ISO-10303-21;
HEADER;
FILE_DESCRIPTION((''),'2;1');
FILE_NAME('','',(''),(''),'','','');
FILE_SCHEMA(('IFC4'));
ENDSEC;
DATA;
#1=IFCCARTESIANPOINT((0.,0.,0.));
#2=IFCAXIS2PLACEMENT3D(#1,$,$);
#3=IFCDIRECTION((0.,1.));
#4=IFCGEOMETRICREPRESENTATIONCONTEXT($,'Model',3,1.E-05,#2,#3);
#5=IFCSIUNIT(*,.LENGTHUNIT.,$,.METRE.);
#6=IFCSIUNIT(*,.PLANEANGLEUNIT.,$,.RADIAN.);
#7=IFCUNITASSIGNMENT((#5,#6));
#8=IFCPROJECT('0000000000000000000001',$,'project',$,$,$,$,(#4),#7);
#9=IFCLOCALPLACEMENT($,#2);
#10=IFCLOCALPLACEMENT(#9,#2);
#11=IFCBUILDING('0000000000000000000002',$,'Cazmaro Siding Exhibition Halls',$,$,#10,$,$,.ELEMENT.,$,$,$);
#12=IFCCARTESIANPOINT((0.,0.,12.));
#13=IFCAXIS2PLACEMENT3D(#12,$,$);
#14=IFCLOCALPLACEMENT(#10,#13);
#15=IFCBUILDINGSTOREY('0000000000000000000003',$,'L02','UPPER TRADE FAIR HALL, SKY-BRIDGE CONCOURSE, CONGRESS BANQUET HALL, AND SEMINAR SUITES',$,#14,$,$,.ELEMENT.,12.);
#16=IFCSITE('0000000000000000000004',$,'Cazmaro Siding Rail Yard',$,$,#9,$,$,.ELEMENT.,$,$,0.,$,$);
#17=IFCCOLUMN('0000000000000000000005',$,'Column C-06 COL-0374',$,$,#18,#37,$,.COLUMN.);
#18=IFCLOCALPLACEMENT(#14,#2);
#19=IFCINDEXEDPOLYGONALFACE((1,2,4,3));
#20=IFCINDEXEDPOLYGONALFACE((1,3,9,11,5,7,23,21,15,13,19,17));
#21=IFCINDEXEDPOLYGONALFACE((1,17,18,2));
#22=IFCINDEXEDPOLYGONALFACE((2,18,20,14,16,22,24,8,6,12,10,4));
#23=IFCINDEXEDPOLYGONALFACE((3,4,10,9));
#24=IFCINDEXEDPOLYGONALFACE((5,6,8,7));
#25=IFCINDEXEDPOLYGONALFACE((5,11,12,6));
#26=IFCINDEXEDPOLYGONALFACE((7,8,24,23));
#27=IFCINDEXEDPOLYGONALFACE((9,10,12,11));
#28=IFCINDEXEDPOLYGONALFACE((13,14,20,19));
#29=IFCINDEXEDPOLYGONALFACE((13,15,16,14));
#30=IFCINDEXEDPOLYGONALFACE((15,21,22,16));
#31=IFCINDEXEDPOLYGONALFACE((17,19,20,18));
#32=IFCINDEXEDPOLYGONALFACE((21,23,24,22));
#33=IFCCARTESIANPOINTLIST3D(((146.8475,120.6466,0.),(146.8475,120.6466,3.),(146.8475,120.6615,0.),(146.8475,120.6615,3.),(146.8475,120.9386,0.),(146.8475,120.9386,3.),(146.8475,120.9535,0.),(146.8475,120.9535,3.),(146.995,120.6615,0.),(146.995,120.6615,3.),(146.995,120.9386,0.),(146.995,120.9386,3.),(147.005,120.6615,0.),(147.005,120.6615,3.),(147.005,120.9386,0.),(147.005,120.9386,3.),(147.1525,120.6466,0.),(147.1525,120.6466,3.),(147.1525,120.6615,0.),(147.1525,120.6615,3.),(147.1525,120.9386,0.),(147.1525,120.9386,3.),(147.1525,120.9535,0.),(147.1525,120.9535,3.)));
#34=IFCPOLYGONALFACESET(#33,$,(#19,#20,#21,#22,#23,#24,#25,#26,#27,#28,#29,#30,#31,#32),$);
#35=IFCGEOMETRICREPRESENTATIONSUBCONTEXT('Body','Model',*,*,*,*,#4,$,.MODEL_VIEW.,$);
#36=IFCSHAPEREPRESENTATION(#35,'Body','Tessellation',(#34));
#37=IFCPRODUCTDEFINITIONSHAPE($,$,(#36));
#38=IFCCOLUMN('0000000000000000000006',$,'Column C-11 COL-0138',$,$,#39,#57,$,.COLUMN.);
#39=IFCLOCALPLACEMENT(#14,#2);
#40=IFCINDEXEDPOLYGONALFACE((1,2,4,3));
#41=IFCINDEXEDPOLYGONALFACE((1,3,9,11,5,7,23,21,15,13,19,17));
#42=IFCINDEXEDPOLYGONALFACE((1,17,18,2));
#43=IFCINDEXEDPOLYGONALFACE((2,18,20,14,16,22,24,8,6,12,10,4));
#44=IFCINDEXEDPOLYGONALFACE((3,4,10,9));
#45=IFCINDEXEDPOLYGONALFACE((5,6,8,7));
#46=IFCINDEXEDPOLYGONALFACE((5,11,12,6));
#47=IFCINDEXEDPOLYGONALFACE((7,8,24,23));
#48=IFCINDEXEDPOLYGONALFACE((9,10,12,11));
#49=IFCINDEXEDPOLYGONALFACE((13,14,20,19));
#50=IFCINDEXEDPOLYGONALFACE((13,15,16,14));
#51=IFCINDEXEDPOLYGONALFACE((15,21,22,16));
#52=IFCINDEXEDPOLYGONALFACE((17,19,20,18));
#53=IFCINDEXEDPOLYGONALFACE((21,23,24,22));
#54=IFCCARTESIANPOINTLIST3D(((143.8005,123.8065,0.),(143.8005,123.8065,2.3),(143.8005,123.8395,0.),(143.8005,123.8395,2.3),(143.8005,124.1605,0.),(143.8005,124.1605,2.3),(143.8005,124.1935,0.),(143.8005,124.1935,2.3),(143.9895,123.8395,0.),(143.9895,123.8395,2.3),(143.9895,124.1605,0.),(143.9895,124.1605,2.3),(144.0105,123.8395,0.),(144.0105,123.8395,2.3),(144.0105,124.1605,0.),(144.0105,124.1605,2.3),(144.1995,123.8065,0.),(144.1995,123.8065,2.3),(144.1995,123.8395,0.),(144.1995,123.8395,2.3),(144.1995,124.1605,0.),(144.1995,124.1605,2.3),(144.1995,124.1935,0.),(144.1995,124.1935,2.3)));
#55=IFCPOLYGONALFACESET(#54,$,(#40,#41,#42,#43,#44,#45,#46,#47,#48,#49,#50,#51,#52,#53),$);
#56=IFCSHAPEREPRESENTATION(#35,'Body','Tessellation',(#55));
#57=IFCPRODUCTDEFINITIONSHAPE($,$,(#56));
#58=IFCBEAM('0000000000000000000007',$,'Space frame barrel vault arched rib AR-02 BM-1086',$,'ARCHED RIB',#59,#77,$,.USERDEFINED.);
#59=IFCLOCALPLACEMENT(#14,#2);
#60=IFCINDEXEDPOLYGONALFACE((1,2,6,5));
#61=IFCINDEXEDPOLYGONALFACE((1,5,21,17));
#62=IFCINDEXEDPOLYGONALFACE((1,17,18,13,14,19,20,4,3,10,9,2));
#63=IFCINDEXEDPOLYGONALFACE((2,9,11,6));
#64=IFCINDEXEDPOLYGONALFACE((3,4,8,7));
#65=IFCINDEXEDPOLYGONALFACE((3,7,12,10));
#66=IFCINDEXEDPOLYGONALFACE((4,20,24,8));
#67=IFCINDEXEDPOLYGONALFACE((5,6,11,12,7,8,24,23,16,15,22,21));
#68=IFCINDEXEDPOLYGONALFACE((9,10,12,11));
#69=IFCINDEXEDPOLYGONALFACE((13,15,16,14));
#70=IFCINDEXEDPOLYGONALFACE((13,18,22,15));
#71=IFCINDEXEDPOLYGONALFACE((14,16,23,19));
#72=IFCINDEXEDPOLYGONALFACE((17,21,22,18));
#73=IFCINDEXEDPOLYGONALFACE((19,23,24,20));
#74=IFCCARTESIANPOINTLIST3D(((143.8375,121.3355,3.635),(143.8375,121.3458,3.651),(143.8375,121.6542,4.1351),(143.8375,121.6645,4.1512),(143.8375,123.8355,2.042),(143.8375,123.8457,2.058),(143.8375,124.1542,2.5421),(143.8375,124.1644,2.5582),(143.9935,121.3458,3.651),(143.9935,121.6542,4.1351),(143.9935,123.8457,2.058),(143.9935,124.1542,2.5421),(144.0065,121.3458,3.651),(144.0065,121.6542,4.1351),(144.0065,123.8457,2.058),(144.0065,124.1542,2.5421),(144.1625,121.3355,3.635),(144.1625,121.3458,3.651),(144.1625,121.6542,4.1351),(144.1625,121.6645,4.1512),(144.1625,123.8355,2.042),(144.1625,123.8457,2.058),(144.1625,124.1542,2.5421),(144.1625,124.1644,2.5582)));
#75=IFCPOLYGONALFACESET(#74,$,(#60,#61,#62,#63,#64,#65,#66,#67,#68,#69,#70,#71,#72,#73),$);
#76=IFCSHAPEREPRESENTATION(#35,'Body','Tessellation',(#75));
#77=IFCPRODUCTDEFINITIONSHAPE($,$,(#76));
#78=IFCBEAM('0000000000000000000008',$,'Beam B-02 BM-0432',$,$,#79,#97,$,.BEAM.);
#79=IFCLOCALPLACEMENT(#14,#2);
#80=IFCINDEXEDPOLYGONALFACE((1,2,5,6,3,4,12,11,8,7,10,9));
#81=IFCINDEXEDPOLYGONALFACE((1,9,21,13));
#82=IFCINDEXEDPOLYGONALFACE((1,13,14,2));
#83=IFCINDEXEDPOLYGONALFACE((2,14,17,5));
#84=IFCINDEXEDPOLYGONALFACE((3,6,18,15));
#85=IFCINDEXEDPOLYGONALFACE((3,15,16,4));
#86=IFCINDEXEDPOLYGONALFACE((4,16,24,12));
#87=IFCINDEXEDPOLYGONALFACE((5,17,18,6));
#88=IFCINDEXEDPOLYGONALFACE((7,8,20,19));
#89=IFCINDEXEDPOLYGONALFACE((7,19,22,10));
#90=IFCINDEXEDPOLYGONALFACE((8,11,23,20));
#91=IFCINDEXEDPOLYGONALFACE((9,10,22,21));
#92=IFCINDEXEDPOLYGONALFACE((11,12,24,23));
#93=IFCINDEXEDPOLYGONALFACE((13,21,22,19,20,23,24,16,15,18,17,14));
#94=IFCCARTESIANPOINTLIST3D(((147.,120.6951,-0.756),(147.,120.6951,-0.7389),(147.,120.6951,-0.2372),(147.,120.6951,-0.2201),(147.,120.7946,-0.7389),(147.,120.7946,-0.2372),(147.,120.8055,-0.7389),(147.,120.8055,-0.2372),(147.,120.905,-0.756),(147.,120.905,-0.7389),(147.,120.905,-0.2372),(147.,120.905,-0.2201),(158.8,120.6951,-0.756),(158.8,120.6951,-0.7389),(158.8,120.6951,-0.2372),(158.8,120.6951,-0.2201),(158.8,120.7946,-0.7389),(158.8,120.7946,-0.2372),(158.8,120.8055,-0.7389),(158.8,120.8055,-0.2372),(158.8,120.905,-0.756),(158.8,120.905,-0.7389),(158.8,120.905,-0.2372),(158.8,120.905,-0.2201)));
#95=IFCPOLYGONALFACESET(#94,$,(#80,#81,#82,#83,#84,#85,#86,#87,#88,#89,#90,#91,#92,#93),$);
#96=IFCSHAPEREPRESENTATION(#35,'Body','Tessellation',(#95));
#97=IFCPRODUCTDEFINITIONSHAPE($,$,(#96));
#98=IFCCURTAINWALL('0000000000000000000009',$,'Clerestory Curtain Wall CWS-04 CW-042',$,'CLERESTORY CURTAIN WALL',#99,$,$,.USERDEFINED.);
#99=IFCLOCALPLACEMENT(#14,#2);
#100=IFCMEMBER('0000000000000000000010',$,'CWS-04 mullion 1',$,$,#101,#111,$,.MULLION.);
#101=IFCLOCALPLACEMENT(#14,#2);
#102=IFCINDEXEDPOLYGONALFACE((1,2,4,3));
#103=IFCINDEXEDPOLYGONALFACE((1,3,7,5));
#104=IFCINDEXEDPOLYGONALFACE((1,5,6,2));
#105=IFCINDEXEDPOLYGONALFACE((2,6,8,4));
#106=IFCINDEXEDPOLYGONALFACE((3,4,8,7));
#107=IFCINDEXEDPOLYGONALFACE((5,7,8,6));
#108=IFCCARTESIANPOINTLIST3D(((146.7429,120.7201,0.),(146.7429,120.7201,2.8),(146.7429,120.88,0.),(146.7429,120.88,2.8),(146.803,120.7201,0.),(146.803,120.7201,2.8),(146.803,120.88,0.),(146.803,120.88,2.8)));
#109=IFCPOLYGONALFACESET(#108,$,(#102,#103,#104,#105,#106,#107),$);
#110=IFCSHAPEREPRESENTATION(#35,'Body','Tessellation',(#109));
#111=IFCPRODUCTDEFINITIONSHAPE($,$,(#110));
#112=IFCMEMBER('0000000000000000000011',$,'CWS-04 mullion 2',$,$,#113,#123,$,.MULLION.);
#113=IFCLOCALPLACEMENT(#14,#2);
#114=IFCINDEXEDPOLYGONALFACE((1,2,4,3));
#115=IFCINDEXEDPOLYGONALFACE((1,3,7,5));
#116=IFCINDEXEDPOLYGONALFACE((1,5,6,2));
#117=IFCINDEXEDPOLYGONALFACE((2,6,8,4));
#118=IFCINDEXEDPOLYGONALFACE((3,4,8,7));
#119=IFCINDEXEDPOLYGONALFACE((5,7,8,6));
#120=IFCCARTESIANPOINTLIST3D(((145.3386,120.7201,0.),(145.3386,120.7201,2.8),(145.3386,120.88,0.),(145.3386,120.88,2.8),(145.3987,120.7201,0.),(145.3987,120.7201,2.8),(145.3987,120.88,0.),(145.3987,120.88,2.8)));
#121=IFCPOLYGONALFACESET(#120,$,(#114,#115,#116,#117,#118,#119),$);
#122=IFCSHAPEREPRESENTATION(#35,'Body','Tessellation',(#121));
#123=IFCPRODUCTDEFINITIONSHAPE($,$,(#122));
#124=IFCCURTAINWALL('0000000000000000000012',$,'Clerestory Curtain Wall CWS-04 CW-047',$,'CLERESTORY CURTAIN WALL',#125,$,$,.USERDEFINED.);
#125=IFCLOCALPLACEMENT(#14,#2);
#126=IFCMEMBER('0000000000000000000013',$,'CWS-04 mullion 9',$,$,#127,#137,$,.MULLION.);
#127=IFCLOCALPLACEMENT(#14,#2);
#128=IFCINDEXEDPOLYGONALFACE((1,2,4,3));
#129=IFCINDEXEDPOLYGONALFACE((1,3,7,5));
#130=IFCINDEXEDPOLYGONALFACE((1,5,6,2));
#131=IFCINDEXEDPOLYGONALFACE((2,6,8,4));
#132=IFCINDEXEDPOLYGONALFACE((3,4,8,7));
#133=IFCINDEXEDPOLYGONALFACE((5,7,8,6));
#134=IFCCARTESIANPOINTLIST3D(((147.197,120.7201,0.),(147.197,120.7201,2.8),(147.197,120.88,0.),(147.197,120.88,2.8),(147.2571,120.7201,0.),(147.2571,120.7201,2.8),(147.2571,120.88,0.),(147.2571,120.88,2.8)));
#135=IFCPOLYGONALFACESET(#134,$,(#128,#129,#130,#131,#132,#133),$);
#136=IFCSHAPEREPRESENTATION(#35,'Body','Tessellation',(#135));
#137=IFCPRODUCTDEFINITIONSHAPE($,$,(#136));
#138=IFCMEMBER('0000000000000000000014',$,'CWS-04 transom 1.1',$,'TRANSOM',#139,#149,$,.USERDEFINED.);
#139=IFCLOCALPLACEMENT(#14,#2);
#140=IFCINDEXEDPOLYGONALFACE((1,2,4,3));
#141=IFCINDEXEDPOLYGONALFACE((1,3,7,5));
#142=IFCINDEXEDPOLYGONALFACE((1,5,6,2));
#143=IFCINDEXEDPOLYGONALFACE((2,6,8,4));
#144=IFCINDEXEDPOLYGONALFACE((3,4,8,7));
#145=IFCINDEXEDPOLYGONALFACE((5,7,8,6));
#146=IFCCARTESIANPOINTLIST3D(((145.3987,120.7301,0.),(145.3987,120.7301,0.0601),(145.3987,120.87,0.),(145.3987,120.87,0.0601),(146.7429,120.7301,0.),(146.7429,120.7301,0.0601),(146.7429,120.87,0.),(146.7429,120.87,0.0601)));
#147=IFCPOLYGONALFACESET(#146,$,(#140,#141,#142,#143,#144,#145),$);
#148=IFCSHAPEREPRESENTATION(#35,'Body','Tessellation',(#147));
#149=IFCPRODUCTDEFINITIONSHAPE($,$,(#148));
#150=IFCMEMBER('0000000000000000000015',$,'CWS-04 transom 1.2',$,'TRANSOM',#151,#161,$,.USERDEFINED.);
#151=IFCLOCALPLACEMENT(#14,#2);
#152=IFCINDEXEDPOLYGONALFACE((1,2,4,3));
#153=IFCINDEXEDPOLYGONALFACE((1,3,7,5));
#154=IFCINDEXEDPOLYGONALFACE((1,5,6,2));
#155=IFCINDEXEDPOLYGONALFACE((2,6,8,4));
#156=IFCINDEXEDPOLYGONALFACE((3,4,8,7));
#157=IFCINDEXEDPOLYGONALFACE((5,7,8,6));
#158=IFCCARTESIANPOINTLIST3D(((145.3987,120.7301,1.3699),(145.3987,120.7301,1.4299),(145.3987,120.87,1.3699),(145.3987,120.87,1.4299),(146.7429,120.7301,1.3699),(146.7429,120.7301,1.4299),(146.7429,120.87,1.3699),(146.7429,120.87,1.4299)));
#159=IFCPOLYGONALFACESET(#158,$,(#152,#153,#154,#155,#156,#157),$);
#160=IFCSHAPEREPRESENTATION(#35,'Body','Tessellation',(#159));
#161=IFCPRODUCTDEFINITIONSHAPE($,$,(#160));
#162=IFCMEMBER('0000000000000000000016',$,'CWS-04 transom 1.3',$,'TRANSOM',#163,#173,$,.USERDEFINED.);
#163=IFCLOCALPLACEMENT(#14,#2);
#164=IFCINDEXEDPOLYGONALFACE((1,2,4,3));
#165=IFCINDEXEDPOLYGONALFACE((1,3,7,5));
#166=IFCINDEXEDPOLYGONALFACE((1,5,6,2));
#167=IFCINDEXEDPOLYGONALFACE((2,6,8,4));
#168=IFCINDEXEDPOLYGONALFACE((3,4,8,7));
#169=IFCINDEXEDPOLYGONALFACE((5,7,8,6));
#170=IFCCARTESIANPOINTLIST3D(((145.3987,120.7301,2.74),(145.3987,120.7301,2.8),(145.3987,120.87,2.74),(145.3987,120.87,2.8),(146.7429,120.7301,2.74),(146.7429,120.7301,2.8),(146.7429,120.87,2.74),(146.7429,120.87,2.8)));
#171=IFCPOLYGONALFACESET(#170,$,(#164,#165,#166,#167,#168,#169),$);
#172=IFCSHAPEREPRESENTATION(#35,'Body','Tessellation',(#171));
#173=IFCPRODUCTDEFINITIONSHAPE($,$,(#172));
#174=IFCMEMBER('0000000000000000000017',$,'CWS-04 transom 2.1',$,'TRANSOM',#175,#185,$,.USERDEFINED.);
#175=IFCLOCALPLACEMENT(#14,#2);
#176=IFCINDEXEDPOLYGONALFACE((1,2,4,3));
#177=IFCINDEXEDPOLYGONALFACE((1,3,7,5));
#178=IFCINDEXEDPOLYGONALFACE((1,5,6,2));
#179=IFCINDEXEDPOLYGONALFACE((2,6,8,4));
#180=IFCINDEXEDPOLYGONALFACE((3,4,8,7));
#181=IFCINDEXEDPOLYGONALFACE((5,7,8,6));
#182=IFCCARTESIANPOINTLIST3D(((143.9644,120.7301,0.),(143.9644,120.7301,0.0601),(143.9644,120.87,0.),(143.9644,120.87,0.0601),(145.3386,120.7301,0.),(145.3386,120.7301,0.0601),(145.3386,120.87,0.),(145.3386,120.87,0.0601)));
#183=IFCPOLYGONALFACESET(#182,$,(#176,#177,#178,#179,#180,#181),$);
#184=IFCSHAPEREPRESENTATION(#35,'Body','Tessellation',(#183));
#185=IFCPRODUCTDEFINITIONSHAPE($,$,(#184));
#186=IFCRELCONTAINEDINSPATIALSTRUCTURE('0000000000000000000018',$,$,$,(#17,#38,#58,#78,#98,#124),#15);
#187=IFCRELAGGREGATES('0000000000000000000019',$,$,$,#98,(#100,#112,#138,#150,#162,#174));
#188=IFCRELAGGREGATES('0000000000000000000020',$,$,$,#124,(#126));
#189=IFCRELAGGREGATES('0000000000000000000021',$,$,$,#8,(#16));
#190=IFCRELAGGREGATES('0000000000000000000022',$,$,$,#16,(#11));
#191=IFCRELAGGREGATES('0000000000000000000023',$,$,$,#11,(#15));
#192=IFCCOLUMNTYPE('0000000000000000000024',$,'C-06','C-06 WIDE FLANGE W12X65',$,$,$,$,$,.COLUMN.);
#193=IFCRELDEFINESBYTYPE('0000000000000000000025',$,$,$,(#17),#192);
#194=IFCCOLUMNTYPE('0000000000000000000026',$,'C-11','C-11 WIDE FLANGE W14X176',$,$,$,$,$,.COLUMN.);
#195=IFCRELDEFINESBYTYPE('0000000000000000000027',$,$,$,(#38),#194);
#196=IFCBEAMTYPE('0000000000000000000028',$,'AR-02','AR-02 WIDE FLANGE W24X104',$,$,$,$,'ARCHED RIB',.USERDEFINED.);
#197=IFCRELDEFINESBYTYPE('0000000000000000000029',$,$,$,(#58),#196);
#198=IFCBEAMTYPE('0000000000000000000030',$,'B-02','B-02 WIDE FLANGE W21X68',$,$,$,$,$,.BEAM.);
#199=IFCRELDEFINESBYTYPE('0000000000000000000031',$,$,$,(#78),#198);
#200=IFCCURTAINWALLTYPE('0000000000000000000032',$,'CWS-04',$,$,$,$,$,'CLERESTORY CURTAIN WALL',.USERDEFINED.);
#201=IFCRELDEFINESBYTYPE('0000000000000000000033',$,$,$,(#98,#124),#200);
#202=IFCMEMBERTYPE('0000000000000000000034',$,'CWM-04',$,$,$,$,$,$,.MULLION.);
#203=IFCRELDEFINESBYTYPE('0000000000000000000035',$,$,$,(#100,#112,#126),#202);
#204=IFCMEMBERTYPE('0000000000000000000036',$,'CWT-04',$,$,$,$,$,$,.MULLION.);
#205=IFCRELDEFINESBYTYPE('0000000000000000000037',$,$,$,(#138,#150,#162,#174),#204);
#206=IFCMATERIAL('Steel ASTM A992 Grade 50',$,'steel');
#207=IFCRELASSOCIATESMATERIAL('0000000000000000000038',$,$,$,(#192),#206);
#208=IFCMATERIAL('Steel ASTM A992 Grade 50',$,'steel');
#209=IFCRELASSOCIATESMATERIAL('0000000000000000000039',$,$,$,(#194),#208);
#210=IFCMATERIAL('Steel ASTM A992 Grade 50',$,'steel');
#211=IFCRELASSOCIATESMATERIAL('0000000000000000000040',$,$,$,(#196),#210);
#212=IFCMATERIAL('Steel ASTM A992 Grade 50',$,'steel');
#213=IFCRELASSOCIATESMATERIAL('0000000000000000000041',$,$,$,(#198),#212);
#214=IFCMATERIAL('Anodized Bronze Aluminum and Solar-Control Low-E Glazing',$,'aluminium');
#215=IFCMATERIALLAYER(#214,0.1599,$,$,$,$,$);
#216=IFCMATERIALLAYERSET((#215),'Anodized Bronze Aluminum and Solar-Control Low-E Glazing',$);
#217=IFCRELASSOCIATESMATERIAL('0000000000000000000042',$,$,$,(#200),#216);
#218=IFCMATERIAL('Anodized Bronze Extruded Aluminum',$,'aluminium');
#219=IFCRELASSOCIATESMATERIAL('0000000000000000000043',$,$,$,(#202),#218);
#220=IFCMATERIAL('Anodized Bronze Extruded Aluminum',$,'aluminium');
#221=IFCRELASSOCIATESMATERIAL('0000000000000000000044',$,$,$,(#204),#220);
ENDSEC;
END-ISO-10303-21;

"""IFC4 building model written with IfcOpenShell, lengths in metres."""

from ifc_helpers import new_model, si_unit, direction, frame, origin, origin_2d, place, context, subcontext, project, spatial, rectangle, i_section, extrude, material, layer, layer_set, material_profile, profile_set, type_object, element, aggregate, save


model = new_model("IFC4")

# Units and contexts
model_context = context("Model", 3, precision=1e-05, world=origin(), true_north=direction((0.0, 1.0)))
body_context = subcontext(model_context, "Body", "Model", "MODEL_VIEW")
ifc_project = project(units=[si_unit("LENGTHUNIT", "METRE"), si_unit("PLANEANGLEUNIT", "RADIAN")], contexts=[model_context])

# Site, building, storey
site_placement = place(None, origin())
site = spatial("IfcSite", under=ifc_project, at=site_placement, Name="Cazmaro Siding Rail Yard", CompositionType="ELEMENT", RefElevation=0.0)
building_placement = place(site_placement, origin())
building = spatial("IfcBuilding", under=site, at=building_placement, Name="Cazmaro Siding Exhibition Halls", CompositionType="ELEMENT")
storey_placement = place(building_placement, frame((0.0, 0.0, 12.0)))
storey = spatial("IfcBuildingStorey", under=building, at=storey_placement, Name="L02", Description="UPPER TRADE FAIR HALL, SKY-BRIDGE CONCOURSE, CONGRESS BANQUET HALL, AND SEMINAR SUITES", CompositionType="ELEMENT", Elevation=12.0)

# Columns
ifc_material_1 = material(Name="Steel ASTM A992 Grade 50", Category="steel")
ifc_material_profile_1 = material_profile(ifc_material_1, i_section(OverallWidth=0.3049, OverallDepth=0.3069, WebThickness=0.01, FlangeThickness=0.0149, at=origin_2d()), Name="W12X65")
ifc_profile_set_1 = profile_set([ifc_material_profile_1], Name="Steel ASTM A992 Grade 50")
column_type_1 = type_object("IfcColumnType", Name="C-06", Description="C-06 WIDE FLANGE W12X65", PredefinedType="COLUMN", material=ifc_profile_set_1)
column_1_placement = place(storey_placement, frame((147.0, 120.8, 0.0), z_axis=(0.0, 0.0, 1.0), x_axis=(1.0, 0.0, 0.0)))
element("IfcColumn", 1, at=column_1_placement, inside=storey, type_object=column_type_1, Name="Column C-06 COL-0374", PredefinedType="COLUMN", context=body_context, shape_type="SweptSolid", body=[
    extrude(i_section(OverallWidth=0.3049, OverallDepth=0.3069, WebThickness=0.01, FlangeThickness=0.0149, at=origin_2d()), origin(), (0.0, 0.0, 1.0), 3.0),
])
ifc_material_2 = material(Name="Steel ASTM A992 Grade 50", Category="steel")
ifc_material_profile_2 = material_profile(ifc_material_2, i_section(OverallWidth=0.3989, OverallDepth=0.387, WebThickness=0.021, FlangeThickness=0.033, at=origin_2d()), Name="W14X176")
ifc_profile_set_2 = profile_set([ifc_material_profile_2], Name="Steel ASTM A992 Grade 50")
column_type_2 = type_object("IfcColumnType", Name="C-11", Description="C-11 WIDE FLANGE W14X176", PredefinedType="COLUMN", material=ifc_profile_set_2)
column_2_placement = place(storey_placement, frame((144.0, 124.0, 0.0), z_axis=(0.0, 0.0, 1.0), x_axis=(1.0, 0.0, 0.0)))
element("IfcColumn", 2, at=column_2_placement, inside=storey, type_object=column_type_2, Name="Column C-11 COL-0138", PredefinedType="COLUMN", context=body_context, shape_type="SweptSolid", body=[
    extrude(i_section(OverallWidth=0.3989, OverallDepth=0.387, WebThickness=0.021, FlangeThickness=0.033, at=origin_2d()), origin(), (0.0, 0.0, 1.0), 2.3),
])

# Beams
ifc_material_3 = material(Name="Steel ASTM A992 Grade 50", Category="steel")
ifc_material_profile_3 = material_profile(ifc_material_3, i_section(OverallWidth=0.325, OverallDepth=0.6121, WebThickness=0.0129, FlangeThickness=0.019, at=origin_2d()), Name="W24X104")
ifc_profile_set_3 = profile_set([ifc_material_profile_3], Name="Steel ASTM A992 Grade 50")
beam_type_1 = type_object("IfcBeamType", Name="AR-02", Description="AR-02 WIDE FLANGE W24X104", ElementType="ARCHED RIB", PredefinedType="USERDEFINED", material=ifc_profile_set_3)
beam_1_placement = place(storey_placement, frame((144.0, 121.5, 3.8931), z_axis=(0.0, 0.843339, -0.537382), x_axis=(-1.0, 0.0, 0.0)))
element("IfcBeam", 3, at=beam_1_placement, inside=storey, type_object=beam_type_1, Name="Space frame barrel vault arched rib AR-02 BM-1086", ObjectType="ARCHED RIB", PredefinedType="USERDEFINED", context=body_context, shape_type="SweptSolid", body=[
    extrude(i_section(OverallWidth=0.325, OverallDepth=0.6121, WebThickness=0.0129, FlangeThickness=0.019, at=origin_2d()), origin(), (0.0, 0.0, 1.0), 2.9644),
])
ifc_material_4 = material(Name="Steel ASTM A992 Grade 50", Category="steel")
ifc_material_profile_4 = material_profile(ifc_material_4, i_section(OverallWidth=0.21, OverallDepth=0.5359, WebThickness=0.011, FlangeThickness=0.0171, at=origin_2d()), Name="W21X68")
ifc_profile_set_4 = profile_set([ifc_material_profile_4], Name="Steel ASTM A992 Grade 50")
beam_type_2 = type_object("IfcBeamType", Name="B-02", Description="B-02 WIDE FLANGE W21X68", PredefinedType="BEAM", material=ifc_profile_set_4)
beam_2_placement = place(storey_placement, frame((147.0, 120.8, -0.488), z_axis=(1.0, 0.0, 0.0), x_axis=(0.0, 1.0, 0.0)))
element("IfcBeam", 4, at=beam_2_placement, inside=storey, type_object=beam_type_2, Name="Beam B-02 BM-0432", PredefinedType="BEAM", context=body_context, shape_type="SweptSolid", body=[
    extrude(i_section(OverallWidth=0.21, OverallDepth=0.5359, WebThickness=0.011, FlangeThickness=0.0171, at=origin_2d()), origin(), (0.0, 0.0, 1.0), 11.8),
])

# Curtain wall, members
ifc_material_5 = material(Name="Anodized Bronze Aluminum and Solar-Control Low-E Glazing", Category="aluminium")
ifc_layer_1 = layer(ifc_material_5, 0.1599)
ifc_layer_set_1 = layer_set([ifc_layer_1], Name="Anodized Bronze Aluminum and Solar-Control Low-E Glazing")
curtain_wall_type = type_object("IfcCurtainWallType", Name="CWS-04", ElementType="CLERESTORY CURTAIN WALL", PredefinedType="USERDEFINED", material=ifc_layer_set_1)
curtain_wall_1_placement = place(storey_placement, origin())
curtain_wall_1 = element("IfcCurtainWall", 5, at=curtain_wall_1_placement, inside=storey, type_object=curtain_wall_type, Name="Clerestory Curtain Wall CWS-04 CW-042", ObjectType="CLERESTORY CURTAIN WALL", PredefinedType="USERDEFINED")
ifc_material_6 = material(Name="Anodized Bronze Extruded Aluminum", Category="aluminium")
ifc_material_profile_5 = material_profile(ifc_material_6, rectangle(XDim=0.1599, YDim=0.0601, at=origin_2d()), Name="CWM-04")
ifc_profile_set_5 = profile_set([ifc_material_profile_5], Name="Anodized Bronze Extruded Aluminum")
member_type_1 = type_object("IfcMemberType", Name="CWM-04", PredefinedType="MULLION", material=ifc_profile_set_5)
member_1_placement = place(storey_placement, frame((146.7729, 120.8, 0.0), z_axis=(0.0, 0.0, 1.0), x_axis=(0.0, -1.0, 0.0)))
member_1 = element("IfcMember", 6, at=member_1_placement, type_object=member_type_1, Name="CWS-04 mullion 1", PredefinedType="MULLION", context=body_context, shape_type="SweptSolid", body=[
    extrude(rectangle(XDim=0.1599, YDim=0.0601, at=origin_2d()), origin(), (0.0, 0.0, 1.0), 2.8),
])
member_2_placement = place(storey_placement, frame((145.3687, 120.8, 0.0), z_axis=(0.0, 0.0, 1.0), x_axis=(0.0, -1.0, 0.0)))
member_2 = element("IfcMember", 7, at=member_2_placement, type_object=member_type_1, Name="CWS-04 mullion 2", PredefinedType="MULLION", context=body_context, shape_type="SweptSolid", body=[
    extrude(rectangle(XDim=0.1599, YDim=0.0601, at=origin_2d()), origin(), (0.0, 0.0, 1.0), 2.8),
])

# Curtain wall, member
curtain_wall_2_placement = place(storey_placement, origin())
curtain_wall_2 = element("IfcCurtainWall", 8, at=curtain_wall_2_placement, inside=storey, type_object=curtain_wall_type, Name="Clerestory Curtain Wall CWS-04 CW-047", ObjectType="CLERESTORY CURTAIN WALL", PredefinedType="USERDEFINED")
member_3_placement = place(storey_placement, frame((147.2271, 120.8, 0.0), z_axis=(0.0, 0.0, 1.0), x_axis=(0.0, -1.0, 0.0)))
member_3 = element("IfcMember", 9, at=member_3_placement, type_object=member_type_1, Name="CWS-04 mullion 9", PredefinedType="MULLION", context=body_context, shape_type="SweptSolid", body=[
    extrude(rectangle(XDim=0.1599, YDim=0.0601, at=origin_2d()), origin(), (0.0, 0.0, 1.0), 2.8),
])

# Members
ifc_material_7 = material(Name="Anodized Bronze Extruded Aluminum", Category="aluminium")
ifc_material_profile_6 = material_profile(ifc_material_7, rectangle(XDim=0.1399, YDim=0.0601, at=origin_2d()), Name="CWT-04")
ifc_profile_set_6 = profile_set([ifc_material_profile_6], Name="Anodized Bronze Extruded Aluminum")
member_type_2 = type_object("IfcMemberType", Name="CWT-04", PredefinedType="MULLION", material=ifc_profile_set_6)
member_4_placement = place(storey_placement, frame((146.7429, 120.8, 0.03), z_axis=(-1.0, 0.0, 0.0), x_axis=(0.0, -1.0, 0.0)))
member_4 = element("IfcMember", 10, at=member_4_placement, type_object=member_type_2, Name="CWS-04 transom 1.1", ObjectType="TRANSOM", PredefinedType="USERDEFINED", context=body_context, shape_type="SweptSolid", body=[
    extrude(rectangle(XDim=0.1399, YDim=0.0601, at=origin_2d()), origin(), (0.0, 0.0, 1.0), 1.3442),
])
member_5_placement = place(storey_placement, frame((146.7429, 120.8, 1.3999), z_axis=(-1.0, 0.0, 0.0), x_axis=(0.0, -1.0, 0.0)))
member_5 = element("IfcMember", 11, at=member_5_placement, type_object=member_type_2, Name="CWS-04 transom 1.2", ObjectType="TRANSOM", PredefinedType="USERDEFINED", context=body_context, shape_type="SweptSolid", body=[
    extrude(rectangle(XDim=0.1399, YDim=0.0601, at=origin_2d()), origin(), (0.0, 0.0, 1.0), 1.3442),
])
member_6_placement = place(storey_placement, frame((146.7429, 120.8, 2.77), z_axis=(-1.0, 0.0, 0.0), x_axis=(0.0, -1.0, 0.0)))
member_6 = element("IfcMember", 12, at=member_6_placement, type_object=member_type_2, Name="CWS-04 transom 1.3", ObjectType="TRANSOM", PredefinedType="USERDEFINED", context=body_context, shape_type="SweptSolid", body=[
    extrude(rectangle(XDim=0.1399, YDim=0.0601, at=origin_2d()), origin(), (0.0, 0.0, 1.0), 1.3442),
])
member_7_placement = place(storey_placement, frame((145.3386, 120.8, 0.03), z_axis=(-1.0, 0.0, 0.0), x_axis=(0.0, -1.0, 0.0)))
member_7 = element("IfcMember", 13, at=member_7_placement, type_object=member_type_2, Name="CWS-04 transom 2.1", ObjectType="TRANSOM", PredefinedType="USERDEFINED", context=body_context, shape_type="SweptSolid", body=[
    extrude(rectangle(XDim=0.1399, YDim=0.0601, at=origin_2d()), origin(), (0.0, 0.0, 1.0), 1.3743),
])

aggregate(curtain_wall_1, [member_1, member_2, member_4, member_5, member_6, member_7])
aggregate(curtain_wall_2, [member_3])

save(model, "model.ifc")
